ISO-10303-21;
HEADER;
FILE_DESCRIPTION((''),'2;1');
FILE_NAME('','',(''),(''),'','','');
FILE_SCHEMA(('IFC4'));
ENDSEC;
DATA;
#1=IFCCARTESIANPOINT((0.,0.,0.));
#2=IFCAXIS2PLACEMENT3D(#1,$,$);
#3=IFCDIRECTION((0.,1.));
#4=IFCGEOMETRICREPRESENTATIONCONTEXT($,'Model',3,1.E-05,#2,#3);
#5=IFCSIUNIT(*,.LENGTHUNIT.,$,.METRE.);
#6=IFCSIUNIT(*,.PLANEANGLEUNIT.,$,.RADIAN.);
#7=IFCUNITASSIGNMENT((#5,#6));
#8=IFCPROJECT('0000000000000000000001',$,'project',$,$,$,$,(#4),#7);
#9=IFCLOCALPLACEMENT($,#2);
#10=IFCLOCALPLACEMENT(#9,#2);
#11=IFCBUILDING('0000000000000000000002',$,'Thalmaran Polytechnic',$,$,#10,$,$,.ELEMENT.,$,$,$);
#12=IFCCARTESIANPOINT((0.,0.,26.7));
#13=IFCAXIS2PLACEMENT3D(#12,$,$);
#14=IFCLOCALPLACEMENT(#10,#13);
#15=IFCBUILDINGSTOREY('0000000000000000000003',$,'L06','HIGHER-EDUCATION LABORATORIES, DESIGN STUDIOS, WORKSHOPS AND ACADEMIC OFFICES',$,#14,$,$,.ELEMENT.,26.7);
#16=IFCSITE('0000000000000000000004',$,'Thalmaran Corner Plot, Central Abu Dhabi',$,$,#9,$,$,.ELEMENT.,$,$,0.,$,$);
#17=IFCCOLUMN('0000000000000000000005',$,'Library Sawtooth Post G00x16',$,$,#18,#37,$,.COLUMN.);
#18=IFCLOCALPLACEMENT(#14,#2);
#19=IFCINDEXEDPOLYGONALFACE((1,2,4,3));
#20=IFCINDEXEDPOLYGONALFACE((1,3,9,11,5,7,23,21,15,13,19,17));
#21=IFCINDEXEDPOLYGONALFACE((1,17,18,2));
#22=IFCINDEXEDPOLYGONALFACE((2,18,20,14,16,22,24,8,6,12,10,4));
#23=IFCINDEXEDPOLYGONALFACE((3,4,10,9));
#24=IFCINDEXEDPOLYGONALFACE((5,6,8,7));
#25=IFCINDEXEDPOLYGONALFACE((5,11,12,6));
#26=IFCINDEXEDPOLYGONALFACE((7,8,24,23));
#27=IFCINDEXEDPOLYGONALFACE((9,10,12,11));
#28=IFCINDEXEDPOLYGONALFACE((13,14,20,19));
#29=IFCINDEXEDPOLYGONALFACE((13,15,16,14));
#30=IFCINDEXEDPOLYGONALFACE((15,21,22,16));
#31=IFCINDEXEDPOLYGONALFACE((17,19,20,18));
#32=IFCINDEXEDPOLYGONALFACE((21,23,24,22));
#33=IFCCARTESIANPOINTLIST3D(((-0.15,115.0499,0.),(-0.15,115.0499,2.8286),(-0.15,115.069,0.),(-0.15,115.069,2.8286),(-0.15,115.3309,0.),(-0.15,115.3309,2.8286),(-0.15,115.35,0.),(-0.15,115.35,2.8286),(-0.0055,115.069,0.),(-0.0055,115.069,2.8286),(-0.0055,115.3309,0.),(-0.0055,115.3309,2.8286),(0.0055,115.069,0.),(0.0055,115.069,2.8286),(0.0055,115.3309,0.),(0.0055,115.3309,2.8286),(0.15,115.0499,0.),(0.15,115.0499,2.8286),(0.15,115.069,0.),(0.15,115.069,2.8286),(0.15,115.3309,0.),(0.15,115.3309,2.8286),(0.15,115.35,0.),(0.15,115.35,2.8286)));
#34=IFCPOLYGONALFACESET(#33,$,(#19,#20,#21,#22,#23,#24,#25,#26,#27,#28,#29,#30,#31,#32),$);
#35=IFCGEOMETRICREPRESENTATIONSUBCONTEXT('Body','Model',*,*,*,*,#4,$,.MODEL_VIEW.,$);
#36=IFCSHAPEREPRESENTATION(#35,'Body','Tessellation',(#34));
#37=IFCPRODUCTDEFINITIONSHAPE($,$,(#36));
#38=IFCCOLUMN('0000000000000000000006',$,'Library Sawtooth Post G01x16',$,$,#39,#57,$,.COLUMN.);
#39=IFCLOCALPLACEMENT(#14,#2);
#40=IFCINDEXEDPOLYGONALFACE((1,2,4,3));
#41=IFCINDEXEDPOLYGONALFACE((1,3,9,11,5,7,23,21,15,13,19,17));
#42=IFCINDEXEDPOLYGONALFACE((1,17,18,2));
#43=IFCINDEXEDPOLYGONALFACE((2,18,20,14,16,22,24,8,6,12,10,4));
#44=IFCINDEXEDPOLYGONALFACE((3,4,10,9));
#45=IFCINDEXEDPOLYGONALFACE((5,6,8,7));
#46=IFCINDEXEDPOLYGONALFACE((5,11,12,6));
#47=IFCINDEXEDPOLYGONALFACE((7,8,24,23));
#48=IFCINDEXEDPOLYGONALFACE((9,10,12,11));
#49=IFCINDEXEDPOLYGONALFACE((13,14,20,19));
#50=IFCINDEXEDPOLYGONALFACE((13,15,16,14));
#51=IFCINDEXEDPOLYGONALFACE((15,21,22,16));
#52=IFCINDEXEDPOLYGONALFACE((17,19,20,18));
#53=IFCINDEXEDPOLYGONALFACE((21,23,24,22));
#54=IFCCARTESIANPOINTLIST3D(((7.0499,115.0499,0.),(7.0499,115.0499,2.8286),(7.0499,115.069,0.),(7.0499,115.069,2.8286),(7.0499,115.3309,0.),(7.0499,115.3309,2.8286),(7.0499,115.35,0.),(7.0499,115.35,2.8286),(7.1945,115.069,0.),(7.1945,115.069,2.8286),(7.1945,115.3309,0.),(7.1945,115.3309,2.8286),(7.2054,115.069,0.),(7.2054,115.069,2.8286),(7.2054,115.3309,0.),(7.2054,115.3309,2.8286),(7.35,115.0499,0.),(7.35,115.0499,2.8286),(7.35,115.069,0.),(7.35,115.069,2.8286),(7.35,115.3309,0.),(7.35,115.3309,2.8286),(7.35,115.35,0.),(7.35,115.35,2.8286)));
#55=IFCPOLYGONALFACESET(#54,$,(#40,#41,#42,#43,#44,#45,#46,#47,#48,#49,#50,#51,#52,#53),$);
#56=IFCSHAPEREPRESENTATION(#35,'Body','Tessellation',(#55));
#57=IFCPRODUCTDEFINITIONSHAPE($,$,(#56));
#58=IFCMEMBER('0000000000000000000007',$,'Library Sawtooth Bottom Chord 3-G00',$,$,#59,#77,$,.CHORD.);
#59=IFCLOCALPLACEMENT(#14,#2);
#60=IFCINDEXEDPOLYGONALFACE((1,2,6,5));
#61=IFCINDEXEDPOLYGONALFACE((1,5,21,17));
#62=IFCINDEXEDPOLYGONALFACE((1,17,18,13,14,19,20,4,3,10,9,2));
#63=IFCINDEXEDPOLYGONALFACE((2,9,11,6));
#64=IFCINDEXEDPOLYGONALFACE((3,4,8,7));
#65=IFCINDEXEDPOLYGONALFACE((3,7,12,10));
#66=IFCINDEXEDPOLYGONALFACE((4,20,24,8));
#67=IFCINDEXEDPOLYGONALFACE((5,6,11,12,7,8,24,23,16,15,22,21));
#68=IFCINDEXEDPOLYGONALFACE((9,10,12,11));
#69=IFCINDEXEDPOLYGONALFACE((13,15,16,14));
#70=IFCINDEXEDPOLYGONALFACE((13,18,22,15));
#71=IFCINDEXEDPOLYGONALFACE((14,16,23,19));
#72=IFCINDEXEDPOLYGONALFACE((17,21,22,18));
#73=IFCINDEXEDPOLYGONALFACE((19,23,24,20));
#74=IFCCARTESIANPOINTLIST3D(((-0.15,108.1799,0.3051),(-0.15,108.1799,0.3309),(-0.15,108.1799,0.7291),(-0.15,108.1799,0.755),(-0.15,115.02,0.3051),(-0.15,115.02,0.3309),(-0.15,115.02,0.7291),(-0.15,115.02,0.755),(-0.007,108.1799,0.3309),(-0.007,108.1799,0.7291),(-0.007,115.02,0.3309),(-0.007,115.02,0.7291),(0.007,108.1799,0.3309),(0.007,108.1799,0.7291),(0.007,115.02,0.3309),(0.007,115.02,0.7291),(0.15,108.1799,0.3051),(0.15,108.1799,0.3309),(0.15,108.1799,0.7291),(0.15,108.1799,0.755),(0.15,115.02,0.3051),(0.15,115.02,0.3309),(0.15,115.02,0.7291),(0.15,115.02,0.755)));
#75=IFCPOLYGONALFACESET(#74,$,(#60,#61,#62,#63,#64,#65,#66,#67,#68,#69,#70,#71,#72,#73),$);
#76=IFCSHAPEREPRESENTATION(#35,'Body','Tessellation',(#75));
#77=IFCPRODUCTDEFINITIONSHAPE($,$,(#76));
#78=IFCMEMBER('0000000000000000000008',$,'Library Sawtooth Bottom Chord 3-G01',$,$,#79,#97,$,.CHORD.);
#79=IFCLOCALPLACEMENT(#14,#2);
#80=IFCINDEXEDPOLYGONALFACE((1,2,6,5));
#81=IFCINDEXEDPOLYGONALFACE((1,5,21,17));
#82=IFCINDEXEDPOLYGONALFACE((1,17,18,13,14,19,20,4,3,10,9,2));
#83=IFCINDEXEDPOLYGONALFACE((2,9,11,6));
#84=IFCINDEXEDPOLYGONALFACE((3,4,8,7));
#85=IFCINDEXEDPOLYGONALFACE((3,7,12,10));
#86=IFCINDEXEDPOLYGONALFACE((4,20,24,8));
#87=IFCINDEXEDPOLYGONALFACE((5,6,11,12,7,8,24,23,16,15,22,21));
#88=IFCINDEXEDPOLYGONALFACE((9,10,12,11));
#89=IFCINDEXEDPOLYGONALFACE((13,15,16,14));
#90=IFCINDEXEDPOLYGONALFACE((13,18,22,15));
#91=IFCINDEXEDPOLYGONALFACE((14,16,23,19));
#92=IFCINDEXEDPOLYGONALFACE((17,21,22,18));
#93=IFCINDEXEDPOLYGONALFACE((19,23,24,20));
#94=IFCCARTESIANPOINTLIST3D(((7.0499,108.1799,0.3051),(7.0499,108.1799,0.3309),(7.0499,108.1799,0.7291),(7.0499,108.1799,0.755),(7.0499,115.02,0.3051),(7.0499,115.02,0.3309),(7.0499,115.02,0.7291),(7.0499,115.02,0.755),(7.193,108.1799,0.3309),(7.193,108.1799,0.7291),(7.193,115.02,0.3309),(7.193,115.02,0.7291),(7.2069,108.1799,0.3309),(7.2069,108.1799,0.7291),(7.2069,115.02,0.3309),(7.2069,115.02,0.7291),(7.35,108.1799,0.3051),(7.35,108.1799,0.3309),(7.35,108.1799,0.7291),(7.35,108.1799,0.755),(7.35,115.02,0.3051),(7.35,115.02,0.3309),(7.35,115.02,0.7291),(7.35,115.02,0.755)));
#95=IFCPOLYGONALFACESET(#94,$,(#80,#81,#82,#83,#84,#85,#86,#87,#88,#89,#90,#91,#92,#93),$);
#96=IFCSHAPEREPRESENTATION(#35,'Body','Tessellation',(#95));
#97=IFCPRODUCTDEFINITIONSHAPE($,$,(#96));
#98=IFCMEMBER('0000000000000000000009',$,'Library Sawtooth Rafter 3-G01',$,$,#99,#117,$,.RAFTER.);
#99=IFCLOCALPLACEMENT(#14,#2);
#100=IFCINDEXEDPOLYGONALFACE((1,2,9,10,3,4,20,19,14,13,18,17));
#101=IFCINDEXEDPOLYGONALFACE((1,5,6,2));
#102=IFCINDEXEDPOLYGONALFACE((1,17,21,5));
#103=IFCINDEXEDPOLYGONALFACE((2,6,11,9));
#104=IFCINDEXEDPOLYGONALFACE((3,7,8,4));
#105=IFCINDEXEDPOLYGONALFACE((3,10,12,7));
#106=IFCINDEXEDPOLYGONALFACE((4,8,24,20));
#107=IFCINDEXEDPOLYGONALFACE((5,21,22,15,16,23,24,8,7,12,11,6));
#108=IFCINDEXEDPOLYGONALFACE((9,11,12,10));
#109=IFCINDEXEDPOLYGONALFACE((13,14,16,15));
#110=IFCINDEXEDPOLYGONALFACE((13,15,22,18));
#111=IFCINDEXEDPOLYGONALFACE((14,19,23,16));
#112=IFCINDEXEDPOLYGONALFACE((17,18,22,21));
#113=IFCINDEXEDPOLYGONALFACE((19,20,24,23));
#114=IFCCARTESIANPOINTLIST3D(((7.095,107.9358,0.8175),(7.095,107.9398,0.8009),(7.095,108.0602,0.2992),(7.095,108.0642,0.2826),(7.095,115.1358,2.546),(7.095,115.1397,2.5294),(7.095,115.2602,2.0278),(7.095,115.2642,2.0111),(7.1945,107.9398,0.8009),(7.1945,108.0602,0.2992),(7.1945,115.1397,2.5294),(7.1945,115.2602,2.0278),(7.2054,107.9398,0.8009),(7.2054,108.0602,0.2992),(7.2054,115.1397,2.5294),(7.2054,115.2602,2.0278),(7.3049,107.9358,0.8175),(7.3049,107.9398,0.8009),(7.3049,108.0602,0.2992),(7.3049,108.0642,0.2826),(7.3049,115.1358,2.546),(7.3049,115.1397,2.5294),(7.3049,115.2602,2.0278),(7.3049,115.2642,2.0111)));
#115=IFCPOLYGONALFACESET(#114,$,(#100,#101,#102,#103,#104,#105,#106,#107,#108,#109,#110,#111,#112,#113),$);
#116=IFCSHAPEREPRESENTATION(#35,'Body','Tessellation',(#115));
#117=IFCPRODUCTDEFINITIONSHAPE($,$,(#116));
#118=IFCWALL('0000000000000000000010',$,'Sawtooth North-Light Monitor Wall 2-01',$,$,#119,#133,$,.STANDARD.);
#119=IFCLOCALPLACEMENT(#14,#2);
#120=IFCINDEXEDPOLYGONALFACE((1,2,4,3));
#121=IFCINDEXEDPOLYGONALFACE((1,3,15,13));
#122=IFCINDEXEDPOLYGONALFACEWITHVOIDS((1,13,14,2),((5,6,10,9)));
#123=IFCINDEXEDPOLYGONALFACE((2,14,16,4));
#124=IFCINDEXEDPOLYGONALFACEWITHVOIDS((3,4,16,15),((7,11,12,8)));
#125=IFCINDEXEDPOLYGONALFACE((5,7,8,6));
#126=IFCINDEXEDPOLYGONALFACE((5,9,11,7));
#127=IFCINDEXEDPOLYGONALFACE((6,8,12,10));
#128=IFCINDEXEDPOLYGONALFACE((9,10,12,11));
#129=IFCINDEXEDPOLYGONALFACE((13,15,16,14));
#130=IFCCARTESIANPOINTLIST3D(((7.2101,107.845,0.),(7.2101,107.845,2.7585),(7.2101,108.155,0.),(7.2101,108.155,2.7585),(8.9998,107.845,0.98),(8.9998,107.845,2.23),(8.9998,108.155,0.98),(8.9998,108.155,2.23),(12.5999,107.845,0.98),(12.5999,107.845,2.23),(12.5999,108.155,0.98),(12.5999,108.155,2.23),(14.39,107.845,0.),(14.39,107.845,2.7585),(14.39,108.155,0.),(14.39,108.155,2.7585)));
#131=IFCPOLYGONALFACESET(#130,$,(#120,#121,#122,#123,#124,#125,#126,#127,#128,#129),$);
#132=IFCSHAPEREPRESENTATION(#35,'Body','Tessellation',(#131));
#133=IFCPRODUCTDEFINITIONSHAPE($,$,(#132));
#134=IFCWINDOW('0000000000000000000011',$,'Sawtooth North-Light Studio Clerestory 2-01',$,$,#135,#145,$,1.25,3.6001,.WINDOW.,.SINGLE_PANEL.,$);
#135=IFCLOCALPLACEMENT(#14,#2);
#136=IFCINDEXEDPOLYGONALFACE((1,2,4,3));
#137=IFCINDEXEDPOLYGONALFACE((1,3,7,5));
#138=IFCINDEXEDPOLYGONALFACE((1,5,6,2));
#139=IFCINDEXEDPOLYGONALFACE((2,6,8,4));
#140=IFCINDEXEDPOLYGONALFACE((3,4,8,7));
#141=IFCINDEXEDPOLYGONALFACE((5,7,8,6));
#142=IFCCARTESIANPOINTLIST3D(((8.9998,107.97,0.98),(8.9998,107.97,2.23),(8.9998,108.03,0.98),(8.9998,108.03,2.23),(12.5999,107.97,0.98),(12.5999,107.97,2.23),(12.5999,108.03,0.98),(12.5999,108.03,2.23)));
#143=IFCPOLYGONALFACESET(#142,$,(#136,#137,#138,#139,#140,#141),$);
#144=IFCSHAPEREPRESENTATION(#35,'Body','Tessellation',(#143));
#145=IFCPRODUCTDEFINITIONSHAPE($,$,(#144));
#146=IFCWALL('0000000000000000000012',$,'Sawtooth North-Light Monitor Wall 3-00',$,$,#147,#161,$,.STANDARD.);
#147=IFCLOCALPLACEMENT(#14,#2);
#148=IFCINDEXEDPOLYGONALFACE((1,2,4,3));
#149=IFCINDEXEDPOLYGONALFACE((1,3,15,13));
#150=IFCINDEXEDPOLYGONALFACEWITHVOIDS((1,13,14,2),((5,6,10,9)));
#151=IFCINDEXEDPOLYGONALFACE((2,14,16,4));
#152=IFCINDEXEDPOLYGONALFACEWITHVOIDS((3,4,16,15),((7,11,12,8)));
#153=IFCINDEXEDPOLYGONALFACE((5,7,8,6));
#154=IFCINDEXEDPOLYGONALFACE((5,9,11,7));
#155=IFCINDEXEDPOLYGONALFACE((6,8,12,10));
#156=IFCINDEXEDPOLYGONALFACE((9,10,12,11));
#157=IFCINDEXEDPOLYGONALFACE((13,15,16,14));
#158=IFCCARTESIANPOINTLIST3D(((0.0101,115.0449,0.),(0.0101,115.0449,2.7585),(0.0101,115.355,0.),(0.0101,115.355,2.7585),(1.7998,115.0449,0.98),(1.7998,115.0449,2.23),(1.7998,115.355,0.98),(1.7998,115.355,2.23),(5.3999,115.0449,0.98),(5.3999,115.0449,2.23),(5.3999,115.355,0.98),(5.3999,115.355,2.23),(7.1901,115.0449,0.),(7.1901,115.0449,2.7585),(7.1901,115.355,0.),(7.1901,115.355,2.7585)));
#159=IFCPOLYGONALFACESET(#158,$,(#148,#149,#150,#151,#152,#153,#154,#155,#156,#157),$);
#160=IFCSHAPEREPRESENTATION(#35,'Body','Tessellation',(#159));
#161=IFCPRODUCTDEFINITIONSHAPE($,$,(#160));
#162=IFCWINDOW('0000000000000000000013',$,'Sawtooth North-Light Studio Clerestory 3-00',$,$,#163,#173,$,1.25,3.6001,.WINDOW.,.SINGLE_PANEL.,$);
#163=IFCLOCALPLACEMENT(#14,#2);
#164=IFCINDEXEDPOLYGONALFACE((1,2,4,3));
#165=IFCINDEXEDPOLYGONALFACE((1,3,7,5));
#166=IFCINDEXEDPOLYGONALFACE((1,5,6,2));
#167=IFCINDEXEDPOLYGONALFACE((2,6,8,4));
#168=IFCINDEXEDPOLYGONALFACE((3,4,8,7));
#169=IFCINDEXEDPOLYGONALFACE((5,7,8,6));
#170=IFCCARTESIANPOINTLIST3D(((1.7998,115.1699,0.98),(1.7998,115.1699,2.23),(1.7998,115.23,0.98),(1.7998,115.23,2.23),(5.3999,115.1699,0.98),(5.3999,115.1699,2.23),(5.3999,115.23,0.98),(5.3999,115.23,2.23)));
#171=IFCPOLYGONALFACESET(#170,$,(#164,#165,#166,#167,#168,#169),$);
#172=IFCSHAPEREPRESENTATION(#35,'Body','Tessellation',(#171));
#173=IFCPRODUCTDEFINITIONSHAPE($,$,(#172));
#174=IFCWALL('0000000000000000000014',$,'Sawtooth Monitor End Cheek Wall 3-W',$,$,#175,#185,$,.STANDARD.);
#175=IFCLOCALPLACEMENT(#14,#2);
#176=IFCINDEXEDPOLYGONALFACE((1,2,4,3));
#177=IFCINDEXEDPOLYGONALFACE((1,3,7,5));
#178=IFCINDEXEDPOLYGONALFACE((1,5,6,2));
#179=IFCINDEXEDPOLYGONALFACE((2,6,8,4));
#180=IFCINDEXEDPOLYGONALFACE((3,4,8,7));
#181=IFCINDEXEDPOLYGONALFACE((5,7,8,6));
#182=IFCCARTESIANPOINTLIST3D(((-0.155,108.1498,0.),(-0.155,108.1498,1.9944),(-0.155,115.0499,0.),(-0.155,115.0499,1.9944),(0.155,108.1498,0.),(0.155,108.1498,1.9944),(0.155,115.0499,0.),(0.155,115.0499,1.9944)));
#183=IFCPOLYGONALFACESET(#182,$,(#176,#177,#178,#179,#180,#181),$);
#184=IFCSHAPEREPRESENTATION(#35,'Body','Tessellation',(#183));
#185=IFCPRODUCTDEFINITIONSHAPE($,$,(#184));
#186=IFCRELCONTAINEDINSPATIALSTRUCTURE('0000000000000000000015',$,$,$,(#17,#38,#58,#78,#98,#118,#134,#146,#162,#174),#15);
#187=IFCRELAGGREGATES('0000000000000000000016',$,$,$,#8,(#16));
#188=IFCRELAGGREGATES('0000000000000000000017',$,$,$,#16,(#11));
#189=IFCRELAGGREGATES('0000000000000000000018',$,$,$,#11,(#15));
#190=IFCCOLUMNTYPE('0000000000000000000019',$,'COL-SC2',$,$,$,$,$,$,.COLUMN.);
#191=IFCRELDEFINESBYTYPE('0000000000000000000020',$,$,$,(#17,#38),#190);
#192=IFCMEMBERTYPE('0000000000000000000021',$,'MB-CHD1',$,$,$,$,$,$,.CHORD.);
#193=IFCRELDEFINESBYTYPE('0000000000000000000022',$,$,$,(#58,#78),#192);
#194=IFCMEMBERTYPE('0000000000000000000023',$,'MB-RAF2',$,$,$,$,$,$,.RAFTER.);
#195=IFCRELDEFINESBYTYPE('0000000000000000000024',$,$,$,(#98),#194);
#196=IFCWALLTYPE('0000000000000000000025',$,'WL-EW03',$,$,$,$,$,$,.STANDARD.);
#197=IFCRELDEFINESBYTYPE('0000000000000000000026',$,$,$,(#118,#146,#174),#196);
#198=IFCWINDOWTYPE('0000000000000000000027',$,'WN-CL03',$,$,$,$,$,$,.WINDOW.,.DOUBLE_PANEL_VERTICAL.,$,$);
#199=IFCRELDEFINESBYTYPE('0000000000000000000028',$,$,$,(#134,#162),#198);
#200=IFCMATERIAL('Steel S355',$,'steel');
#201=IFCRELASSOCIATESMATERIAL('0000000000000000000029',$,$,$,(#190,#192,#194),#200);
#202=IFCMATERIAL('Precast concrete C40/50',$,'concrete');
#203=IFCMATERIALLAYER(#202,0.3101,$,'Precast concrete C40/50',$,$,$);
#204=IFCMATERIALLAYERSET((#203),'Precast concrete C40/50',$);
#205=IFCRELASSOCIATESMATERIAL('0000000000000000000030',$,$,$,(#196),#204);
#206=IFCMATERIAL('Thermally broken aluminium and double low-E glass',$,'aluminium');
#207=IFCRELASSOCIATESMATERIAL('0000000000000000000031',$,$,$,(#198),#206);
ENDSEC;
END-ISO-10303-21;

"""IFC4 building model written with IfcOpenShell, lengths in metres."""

from ifc_helpers import new_model, si_unit, direction, frame, frame_2d, origin, origin_2d, place, context, subcontext, project, spatial, rectangle, i_section, extrude, material, layer, layer_set, material_profile, profile_set, type_object, element, fill, save


model = new_model("IFC4")

# Units and contexts
model_context = context("Model", 3, precision=1e-05, world=origin(), true_north=direction((0.0, 1.0)))
body_context = subcontext(model_context, "Body", "Model", "MODEL_VIEW")
ifc_project = project(units=[si_unit("LENGTHUNIT", "METRE"), si_unit("PLANEANGLEUNIT", "RADIAN")], contexts=[model_context])

# Site, building, storey
site_placement = place(None, origin())
site = spatial("IfcSite", under=ifc_project, at=site_placement, Name="Thalmaran Corner Plot, Central Abu Dhabi", CompositionType="ELEMENT", RefElevation=0.0)
building_placement = place(site_placement, origin())
building = spatial("IfcBuilding", under=site, at=building_placement, Name="Thalmaran Polytechnic", CompositionType="ELEMENT")
storey_placement = place(building_placement, frame((0.0, 0.0, 26.7)))
storey = spatial("IfcBuildingStorey", under=building, at=storey_placement, Name="L06", Description="HIGHER-EDUCATION LABORATORIES, DESIGN STUDIOS, WORKSHOPS AND ACADEMIC OFFICES", CompositionType="ELEMENT", Elevation=26.7)

# Columns
ifc_material_1 = material(Name="Steel S355", Category="steel")
ifc_material_profile_1 = material_profile(ifc_material_1, i_section(OverallWidth=0.3, OverallDepth=0.3, WebThickness=0.011, FlangeThickness=0.019, at=origin_2d()), Name="HEB 300")
ifc_profile_set_1 = profile_set([ifc_material_profile_1], Name="Steel S355")
column_type = type_object("IfcColumnType", Name="COL-SC2", PredefinedType="COLUMN", material=ifc_profile_set_1)
for number, where, z_axis, x_axis, name in (
    (1, (0.0, 115.2, 0.0), (0.0, 0.0, 1.0), (1.0, 0.0, 0.0), "Library Sawtooth Post G00x16"),
    (2, (7.2, 115.2, 0.0), (0.0, 0.0, 1.0), (1.0, 0.0, 0.0), "Library Sawtooth Post G01x16"),
):
    element("IfcColumn", number, at=place(storey_placement, frame(where, z_axis=z_axis, x_axis=x_axis)), inside=storey, type_object=column_type, Name=name, PredefinedType="COLUMN", context=body_context, shape_type="SweptSolid", body=[
        extrude(i_section(OverallWidth=0.3, OverallDepth=0.3, WebThickness=0.011, FlangeThickness=0.019, at=origin_2d()), origin(), (0.0, 0.0, 1.0), 2.8286),
    ])

# Members
ifc_material_profile_2 = material_profile(ifc_material_1, i_section(OverallWidth=0.3, OverallDepth=0.45, WebThickness=0.0139, FlangeThickness=0.0259, at=origin_2d()), Name="HEB 450")
ifc_profile_set_2 = profile_set([ifc_material_profile_2], Name="Steel S355")
member_type_1 = type_object("IfcMemberType", Name="MB-CHD1", PredefinedType="CHORD", material=ifc_profile_set_2)
for number, where, z_axis, x_axis, name in (
    (3, (0.0, 108.1799, 0.53), (0.0, 1.0, 0.0), (-1.0, 0.0, 0.0), "Library Sawtooth Bottom Chord 3-G00"),
    (4, (7.2, 108.1799, 0.53), (0.0, 1.0, 0.0), (-1.0, 0.0, 0.0), "Library Sawtooth Bottom Chord 3-G01"),
):
    element("IfcMember", number, at=place(storey_placement, frame(where, z_axis=z_axis, x_axis=x_axis)), inside=storey, type_object=member_type_1, Name=name, PredefinedType="CHORD", context=body_context, shape_type="SweptSolid", body=[
        extrude(i_section(OverallWidth=0.3, OverallDepth=0.45, WebThickness=0.0139, FlangeThickness=0.0259, at=origin_2d()), origin(), (0.0, 0.0, 1.0), 6.8401),
    ])
ifc_material_profile_3 = material_profile(ifc_material_1, i_section(OverallWidth=0.21, OverallDepth=0.55, WebThickness=0.011, FlangeThickness=0.0171, at=origin_2d()), Name="IPE 550")
ifc_profile_set_3 = profile_set([ifc_material_profile_3], Name="Steel S355")
member_type_2 = type_object("IfcMemberType", Name="MB-RAF2", PredefinedType="RAFTER", material=ifc_profile_set_3)
member_placement = place(storey_placement, frame((7.2, 108.0, 0.55), z_axis=(0.0, 0.972371, 0.23344), x_axis=(-1.0, 0.0, 0.0)))
element("IfcMember", 5, at=member_placement, inside=storey, type_object=member_type_2, Name="Library Sawtooth Rafter 3-G01", PredefinedType="RAFTER", context=body_context, shape_type="SweptSolid", body=[
    extrude(i_section(OverallWidth=0.21, OverallDepth=0.55, WebThickness=0.011, FlangeThickness=0.0171, at=origin_2d()), origin(), (0.0, 0.0, 1.0), 7.4045),
])

# Walls, openings, windows
ifc_material_2 = material(Name="Precast concrete C40/50", Category="concrete")
ifc_layer_1 = layer(ifc_material_2, 0.3101, Name="Precast concrete C40/50")
ifc_layer_set_1 = layer_set([ifc_layer_1], Name="Precast concrete C40/50")
wall_type_1 = type_object("IfcWallType", Name="WL-EW03", PredefinedType="STANDARD", material=ifc_layer_set_1)
wall_1_placement = place(storey_placement, frame((14.3899, 108.0, 0.0), z_axis=(0.0, 0.0, 1.0), x_axis=(-1.0, 0.0, 0.0)))
wall_1 = element("IfcWall", 6, at=wall_1_placement, inside=storey, type_object=wall_type_1, Name="Sawtooth North-Light Monitor Wall 2-01", PredefinedType="STANDARD", context=body_context, shape_type="SweptSolid", body=[
    extrude(rectangle(XDim=7.1799, YDim=0.3101, at=frame_2d((3.5898, 0.0))), origin(), (0.0, 0.0, 1.0), 2.7585),
])
opening_1_placement = place(wall_1_placement, frame((1.79, 0.0, 0.98)))
opening_1 = element("IfcOpeningElement", 7, at=opening_1_placement, cuts=wall_1, PredefinedType="OPENING", context=body_context, shape_type="SweptSolid", body=[
    extrude(rectangle(XDim=3.6001, YDim=1.25, at=frame_2d((1.8, 0.625))), frame((0.0, 0.165, 0.0), z_axis=(0.0, -1.0, 0.0), x_axis=(1.0, 0.0, 0.0)), (0.0, 0.0, 1.0), 0.3301),
])
ifc_material_3 = material(Name="Thermally broken aluminium and double low-E glass", Category="aluminium")
window_type = type_object("IfcWindowType", Name="WN-CL03", PartitioningType="DOUBLE_PANEL_VERTICAL", PredefinedType="WINDOW", material=ifc_material_3)
window_1_placement = place(opening_1_placement, origin())
window_1 = element("IfcWindow", 8, at=window_1_placement, inside=storey, type_object=window_type, Name="Sawtooth North-Light Studio Clerestory 2-01", OverallHeight=1.25, OverallWidth=3.6001, PartitioningType="SINGLE_PANEL", PredefinedType="WINDOW", context=body_context, shape_type="SweptSolid", body=[
    extrude(rectangle(XDim=3.6001, YDim=1.25, at=frame_2d((1.8, 0.625))), frame((0.0, 0.03, 0.0), z_axis=(0.0, -1.0, 0.0), x_axis=(1.0, 0.0, 0.0)), (0.0, 0.0, 1.0), 0.0601),
])
fill(opening_1, window_1)
wall_2_placement = place(storey_placement, frame((7.1899, 115.2, 0.0), z_axis=(0.0, 0.0, 1.0), x_axis=(-1.0, 0.0, 0.0)))
wall_2 = element("IfcWall", 9, at=wall_2_placement, inside=storey, type_object=wall_type_1, Name="Sawtooth North-Light Monitor Wall 3-00", PredefinedType="STANDARD", context=body_context, shape_type="SweptSolid", body=[
    extrude(rectangle(XDim=7.1799, YDim=0.3101, at=frame_2d((3.5898, 0.0))), origin(), (0.0, 0.0, 1.0), 2.7585),
])
opening_2_placement = place(wall_2_placement, frame((1.79, 0.0, 0.98)))
opening_2 = element("IfcOpeningElement", 10, at=opening_2_placement, cuts=wall_2, PredefinedType="OPENING", context=body_context, shape_type="SweptSolid", body=[
    extrude(rectangle(XDim=3.6001, YDim=1.25, at=frame_2d((1.8, 0.625))), frame((0.0, 0.165, 0.0), z_axis=(0.0, -1.0, 0.0), x_axis=(1.0, 0.0, 0.0)), (0.0, 0.0, 1.0), 0.3301),
])
window_2_placement = place(opening_2_placement, origin())
window_2 = element("IfcWindow", 11, at=window_2_placement, inside=storey, type_object=window_type, Name="Sawtooth North-Light Studio Clerestory 3-00", OverallHeight=1.25, OverallWidth=3.6001, PartitioningType="SINGLE_PANEL", PredefinedType="WINDOW", context=body_context, shape_type="SweptSolid", body=[
    extrude(rectangle(XDim=3.6001, YDim=1.25, at=frame_2d((1.8, 0.625))), frame((0.0, 0.03, 0.0), z_axis=(0.0, -1.0, 0.0), x_axis=(1.0, 0.0, 0.0)), (0.0, 0.0, 1.0), 0.0601),
])
fill(opening_2, window_2)

# Wall
wall_3_placement = place(storey_placement, frame((0.0, 115.05, 0.0), z_axis=(0.0, 0.0, 1.0), x_axis=(0.0, -1.0, 0.0)))
element("IfcWall", 12, at=wall_3_placement, inside=storey, type_object=wall_type_1, Name="Sawtooth Monitor End Cheek Wall 3-W", PredefinedType="STANDARD", context=body_context, shape_type="SweptSolid", body=[
    extrude(rectangle(XDim=6.9001, YDim=0.3101, at=frame_2d((3.4502, 0.0))), origin(), (0.0, 0.0, 1.0), 1.9944),
])

save(model, "model.ifc")
